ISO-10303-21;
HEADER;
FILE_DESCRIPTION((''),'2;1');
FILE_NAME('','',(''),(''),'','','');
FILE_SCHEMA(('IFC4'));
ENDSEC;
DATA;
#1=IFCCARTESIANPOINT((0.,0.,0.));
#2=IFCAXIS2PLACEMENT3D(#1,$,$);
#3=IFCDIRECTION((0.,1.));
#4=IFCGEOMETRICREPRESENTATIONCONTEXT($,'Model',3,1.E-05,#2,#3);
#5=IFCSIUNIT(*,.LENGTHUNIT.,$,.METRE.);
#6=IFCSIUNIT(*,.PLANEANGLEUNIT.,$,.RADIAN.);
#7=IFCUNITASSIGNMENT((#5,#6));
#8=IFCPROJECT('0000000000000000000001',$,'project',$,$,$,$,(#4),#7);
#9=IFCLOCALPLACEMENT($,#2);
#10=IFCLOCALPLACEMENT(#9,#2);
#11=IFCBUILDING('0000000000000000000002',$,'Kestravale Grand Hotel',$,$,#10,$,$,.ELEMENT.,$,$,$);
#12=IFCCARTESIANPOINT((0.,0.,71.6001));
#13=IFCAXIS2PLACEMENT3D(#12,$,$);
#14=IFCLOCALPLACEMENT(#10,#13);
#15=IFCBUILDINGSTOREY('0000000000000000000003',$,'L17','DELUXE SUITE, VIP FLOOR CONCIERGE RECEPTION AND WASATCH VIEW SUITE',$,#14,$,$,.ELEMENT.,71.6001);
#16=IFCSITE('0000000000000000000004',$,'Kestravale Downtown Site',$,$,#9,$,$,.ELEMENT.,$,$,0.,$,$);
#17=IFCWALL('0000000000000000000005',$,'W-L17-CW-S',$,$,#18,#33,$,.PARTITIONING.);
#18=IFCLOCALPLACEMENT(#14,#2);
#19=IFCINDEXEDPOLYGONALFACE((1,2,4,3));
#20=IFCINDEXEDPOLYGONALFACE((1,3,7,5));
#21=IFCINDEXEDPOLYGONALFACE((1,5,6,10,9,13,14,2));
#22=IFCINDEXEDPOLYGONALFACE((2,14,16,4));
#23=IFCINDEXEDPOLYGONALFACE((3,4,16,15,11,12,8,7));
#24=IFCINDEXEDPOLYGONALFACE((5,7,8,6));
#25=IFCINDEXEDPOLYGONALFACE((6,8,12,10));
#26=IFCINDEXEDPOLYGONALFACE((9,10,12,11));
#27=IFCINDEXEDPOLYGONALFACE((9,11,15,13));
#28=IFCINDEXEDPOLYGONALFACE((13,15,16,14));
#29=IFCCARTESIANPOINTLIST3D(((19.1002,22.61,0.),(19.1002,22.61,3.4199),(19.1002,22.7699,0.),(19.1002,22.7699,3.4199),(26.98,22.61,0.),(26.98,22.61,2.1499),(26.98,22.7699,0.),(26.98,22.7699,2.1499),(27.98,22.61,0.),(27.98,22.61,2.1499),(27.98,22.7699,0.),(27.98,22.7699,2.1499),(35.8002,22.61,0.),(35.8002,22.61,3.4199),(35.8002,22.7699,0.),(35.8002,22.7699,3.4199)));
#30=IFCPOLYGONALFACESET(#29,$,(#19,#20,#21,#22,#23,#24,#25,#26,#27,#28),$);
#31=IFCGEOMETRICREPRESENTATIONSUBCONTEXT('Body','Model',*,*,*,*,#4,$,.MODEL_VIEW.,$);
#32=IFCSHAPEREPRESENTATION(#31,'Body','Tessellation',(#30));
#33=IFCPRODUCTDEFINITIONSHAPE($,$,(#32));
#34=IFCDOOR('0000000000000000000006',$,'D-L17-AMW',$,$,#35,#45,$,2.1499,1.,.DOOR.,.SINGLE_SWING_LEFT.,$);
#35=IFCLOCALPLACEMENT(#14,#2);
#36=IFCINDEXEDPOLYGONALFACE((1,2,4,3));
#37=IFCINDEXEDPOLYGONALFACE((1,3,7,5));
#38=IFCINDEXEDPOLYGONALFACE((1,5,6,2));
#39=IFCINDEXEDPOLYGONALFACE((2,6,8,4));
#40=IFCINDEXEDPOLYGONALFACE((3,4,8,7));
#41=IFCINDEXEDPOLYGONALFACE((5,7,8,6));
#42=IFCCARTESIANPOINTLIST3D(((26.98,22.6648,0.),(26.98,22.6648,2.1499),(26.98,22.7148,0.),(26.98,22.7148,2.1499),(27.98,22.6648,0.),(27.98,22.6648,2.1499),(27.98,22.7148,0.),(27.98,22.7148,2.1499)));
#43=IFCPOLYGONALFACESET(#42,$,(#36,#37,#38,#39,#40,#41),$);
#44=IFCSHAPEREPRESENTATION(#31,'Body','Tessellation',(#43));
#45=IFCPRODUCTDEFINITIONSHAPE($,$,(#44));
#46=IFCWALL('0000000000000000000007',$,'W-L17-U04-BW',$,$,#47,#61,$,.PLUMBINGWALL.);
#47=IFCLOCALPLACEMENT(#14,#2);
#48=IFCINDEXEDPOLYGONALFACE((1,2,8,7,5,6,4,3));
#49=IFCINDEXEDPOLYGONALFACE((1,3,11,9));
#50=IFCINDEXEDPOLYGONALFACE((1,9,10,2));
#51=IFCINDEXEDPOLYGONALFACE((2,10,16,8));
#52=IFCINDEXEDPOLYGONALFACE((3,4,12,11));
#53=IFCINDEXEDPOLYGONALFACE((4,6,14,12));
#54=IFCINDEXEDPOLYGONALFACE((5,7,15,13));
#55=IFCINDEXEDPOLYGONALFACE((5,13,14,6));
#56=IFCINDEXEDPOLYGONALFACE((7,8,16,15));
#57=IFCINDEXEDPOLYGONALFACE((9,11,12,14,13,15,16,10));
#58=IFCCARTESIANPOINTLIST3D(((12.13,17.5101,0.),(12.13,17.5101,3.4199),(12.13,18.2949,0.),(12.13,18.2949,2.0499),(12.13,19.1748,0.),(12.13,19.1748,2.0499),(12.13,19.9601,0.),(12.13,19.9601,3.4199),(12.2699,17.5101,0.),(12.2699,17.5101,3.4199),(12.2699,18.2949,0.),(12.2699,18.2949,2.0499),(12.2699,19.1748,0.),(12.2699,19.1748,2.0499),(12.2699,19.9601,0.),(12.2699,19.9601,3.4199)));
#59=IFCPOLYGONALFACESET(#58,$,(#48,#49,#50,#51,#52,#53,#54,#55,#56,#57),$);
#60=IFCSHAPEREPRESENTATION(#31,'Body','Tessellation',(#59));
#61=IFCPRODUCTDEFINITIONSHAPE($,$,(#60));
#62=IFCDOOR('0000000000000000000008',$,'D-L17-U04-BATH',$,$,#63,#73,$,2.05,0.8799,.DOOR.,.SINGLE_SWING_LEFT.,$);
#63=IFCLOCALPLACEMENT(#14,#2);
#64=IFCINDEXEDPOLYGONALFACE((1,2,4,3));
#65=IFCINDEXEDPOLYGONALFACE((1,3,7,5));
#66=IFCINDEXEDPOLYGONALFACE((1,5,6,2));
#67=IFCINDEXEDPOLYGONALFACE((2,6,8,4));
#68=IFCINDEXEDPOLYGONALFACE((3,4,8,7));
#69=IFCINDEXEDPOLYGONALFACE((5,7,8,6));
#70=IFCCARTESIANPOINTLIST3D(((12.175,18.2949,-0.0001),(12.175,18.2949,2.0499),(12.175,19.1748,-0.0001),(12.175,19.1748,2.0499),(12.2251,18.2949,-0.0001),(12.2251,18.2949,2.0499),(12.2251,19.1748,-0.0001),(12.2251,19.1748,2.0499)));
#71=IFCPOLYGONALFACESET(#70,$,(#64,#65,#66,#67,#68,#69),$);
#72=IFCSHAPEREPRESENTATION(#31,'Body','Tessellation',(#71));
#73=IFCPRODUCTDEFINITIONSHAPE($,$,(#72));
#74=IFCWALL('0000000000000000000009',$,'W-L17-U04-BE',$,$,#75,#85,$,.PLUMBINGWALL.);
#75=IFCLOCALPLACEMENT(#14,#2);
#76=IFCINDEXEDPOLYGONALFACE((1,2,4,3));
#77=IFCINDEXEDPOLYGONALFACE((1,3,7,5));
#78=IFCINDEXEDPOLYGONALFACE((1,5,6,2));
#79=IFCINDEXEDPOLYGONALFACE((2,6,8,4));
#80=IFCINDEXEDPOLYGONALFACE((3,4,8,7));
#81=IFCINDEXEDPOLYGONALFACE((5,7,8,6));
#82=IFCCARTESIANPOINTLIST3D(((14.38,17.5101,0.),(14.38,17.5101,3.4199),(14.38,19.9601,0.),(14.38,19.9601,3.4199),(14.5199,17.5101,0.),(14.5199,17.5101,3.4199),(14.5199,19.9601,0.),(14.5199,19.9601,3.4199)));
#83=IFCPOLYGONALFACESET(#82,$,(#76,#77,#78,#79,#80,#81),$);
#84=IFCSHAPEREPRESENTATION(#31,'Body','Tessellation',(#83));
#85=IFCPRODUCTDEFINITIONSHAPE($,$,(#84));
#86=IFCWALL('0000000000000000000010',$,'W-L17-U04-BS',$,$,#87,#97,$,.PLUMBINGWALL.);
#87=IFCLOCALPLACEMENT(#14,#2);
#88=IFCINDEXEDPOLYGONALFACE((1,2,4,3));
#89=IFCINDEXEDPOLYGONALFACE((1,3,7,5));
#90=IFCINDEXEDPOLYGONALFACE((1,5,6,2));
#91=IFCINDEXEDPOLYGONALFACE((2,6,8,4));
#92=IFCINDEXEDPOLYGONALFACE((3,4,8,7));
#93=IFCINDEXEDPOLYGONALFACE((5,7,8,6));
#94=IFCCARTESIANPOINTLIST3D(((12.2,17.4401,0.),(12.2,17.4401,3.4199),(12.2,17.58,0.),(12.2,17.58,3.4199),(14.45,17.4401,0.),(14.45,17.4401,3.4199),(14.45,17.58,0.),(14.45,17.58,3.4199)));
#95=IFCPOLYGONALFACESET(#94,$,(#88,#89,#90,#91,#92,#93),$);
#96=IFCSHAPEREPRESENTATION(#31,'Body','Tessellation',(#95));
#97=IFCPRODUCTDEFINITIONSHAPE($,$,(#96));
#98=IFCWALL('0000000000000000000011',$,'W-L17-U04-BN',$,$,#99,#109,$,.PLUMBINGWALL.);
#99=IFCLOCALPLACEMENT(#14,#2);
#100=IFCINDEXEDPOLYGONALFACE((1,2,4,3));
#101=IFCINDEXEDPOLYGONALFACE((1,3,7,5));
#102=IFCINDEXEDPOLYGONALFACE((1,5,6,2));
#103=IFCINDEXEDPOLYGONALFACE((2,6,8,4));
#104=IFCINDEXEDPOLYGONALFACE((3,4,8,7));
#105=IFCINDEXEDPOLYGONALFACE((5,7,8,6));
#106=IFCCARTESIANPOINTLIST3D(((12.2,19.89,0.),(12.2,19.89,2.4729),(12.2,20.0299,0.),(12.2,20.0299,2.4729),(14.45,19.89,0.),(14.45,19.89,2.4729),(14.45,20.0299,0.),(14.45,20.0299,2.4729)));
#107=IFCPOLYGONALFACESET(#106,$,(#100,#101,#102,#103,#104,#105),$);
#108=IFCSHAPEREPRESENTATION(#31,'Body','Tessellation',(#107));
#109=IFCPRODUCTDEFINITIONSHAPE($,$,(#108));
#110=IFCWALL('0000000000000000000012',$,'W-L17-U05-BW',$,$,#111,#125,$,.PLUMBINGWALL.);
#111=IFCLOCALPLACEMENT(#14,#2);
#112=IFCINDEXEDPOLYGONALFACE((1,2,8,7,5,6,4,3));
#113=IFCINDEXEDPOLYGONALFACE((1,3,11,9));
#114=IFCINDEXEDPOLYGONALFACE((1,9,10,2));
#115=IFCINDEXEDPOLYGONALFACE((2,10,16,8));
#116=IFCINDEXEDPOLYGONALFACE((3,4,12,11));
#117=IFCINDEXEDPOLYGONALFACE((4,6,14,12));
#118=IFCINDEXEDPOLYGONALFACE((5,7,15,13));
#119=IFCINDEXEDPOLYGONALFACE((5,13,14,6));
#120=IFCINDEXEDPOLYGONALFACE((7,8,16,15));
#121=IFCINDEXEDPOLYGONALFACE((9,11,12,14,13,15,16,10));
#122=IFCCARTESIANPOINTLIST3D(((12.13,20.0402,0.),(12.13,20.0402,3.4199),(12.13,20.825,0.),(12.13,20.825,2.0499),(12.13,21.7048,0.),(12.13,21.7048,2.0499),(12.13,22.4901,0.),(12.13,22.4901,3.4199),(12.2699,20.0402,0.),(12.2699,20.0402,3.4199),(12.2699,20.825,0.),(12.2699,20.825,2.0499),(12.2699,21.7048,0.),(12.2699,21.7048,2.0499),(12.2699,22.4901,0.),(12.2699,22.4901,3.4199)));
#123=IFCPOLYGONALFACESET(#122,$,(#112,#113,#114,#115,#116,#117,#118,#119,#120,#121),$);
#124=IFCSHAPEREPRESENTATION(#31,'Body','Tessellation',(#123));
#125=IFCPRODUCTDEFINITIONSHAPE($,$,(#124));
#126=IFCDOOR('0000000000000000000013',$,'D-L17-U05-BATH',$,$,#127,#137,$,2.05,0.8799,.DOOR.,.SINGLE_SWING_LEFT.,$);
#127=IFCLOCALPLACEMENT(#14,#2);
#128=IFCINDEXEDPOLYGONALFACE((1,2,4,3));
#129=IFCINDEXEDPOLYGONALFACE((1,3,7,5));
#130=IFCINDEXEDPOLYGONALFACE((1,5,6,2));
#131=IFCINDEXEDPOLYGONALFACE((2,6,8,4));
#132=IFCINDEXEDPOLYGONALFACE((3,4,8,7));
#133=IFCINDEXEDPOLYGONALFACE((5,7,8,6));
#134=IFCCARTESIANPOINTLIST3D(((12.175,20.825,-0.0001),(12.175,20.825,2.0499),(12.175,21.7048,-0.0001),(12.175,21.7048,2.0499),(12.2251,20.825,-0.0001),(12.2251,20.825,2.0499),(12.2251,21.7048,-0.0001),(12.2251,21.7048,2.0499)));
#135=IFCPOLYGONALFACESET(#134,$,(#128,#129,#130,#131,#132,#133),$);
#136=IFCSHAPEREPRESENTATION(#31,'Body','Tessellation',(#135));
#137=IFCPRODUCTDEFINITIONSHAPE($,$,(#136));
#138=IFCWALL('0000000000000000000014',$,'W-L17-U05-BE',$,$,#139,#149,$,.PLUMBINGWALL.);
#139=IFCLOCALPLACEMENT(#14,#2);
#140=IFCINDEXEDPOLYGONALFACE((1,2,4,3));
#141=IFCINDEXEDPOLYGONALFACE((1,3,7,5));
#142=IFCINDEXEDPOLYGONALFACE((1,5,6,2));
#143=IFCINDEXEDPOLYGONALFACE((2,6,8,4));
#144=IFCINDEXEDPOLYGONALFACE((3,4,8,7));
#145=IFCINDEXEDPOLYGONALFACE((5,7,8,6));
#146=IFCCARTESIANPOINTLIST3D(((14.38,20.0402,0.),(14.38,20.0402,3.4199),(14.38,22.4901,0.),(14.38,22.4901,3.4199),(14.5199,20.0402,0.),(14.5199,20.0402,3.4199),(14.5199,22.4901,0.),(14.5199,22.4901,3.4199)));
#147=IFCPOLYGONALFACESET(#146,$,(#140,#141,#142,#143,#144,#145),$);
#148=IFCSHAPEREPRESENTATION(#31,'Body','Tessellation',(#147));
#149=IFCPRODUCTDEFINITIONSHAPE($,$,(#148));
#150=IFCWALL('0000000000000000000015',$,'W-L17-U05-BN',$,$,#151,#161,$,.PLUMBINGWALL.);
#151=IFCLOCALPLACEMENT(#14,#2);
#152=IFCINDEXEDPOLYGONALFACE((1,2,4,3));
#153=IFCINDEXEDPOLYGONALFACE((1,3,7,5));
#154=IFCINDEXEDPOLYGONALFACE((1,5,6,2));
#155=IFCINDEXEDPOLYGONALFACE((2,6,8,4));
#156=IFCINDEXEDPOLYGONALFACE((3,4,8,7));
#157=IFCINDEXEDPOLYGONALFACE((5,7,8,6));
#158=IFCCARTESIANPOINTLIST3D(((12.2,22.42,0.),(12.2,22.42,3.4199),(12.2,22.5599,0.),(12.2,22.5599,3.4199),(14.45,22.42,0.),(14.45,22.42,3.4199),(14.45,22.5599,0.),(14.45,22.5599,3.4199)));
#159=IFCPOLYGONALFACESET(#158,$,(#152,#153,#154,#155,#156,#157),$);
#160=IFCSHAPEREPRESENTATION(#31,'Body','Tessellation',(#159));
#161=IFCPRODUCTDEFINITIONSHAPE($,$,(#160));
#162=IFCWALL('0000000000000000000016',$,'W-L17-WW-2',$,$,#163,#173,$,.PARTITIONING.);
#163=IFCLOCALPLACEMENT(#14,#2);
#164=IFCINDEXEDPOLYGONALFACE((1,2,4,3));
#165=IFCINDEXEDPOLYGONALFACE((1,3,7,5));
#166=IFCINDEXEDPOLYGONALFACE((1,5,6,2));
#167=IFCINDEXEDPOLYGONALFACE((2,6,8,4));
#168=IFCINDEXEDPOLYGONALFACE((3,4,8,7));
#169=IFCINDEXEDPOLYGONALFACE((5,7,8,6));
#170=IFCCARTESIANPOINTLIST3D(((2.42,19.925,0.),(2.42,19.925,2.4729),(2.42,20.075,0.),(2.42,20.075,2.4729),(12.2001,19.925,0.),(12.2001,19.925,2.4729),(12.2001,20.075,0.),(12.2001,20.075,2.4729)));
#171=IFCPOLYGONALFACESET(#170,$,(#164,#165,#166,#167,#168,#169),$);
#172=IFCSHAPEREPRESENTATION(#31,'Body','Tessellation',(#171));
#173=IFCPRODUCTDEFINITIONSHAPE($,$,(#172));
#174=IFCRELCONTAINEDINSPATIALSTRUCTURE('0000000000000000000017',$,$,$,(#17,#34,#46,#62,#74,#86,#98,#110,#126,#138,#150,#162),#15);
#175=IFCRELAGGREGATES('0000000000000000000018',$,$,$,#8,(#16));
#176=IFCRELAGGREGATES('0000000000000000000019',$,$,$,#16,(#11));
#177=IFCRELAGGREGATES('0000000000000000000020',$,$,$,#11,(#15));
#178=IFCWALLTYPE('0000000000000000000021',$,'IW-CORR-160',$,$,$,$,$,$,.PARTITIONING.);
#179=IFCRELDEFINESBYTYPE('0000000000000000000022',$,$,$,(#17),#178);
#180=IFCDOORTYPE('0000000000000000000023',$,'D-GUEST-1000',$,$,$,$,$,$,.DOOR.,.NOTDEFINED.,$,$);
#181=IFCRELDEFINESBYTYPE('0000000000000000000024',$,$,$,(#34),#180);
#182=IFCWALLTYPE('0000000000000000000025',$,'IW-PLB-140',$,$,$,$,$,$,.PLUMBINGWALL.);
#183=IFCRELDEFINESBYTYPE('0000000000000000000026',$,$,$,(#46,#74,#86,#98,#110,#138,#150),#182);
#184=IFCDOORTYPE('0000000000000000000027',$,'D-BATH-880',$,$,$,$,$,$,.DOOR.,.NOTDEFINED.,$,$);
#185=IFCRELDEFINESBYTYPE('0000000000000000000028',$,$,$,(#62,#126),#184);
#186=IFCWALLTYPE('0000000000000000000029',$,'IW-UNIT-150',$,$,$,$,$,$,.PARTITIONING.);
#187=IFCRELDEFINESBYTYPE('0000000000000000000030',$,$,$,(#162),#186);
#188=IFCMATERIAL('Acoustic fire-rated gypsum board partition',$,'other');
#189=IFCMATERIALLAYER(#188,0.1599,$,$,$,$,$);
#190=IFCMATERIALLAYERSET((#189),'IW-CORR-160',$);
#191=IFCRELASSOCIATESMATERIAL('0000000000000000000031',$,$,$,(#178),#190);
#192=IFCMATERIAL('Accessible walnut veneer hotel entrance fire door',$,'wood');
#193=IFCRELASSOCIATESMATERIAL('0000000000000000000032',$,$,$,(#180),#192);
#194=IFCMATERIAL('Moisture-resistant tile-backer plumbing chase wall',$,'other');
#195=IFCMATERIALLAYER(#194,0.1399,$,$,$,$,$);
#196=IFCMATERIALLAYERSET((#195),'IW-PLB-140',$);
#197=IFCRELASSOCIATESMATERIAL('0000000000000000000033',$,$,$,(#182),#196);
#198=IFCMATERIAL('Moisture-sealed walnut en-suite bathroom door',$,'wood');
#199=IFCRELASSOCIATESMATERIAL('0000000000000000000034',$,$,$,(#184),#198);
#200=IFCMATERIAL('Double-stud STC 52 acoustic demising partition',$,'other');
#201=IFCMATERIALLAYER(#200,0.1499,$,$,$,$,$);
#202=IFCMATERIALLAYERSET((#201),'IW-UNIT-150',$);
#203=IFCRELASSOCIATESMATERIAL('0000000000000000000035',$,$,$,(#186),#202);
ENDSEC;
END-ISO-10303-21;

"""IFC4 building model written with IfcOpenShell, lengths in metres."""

from ifc_helpers import new_model, si_unit, direction, frame, frame_2d, origin, place, context, subcontext, project, spatial, rectangle, extrude, material, layer, layer_set, type_object, element, fill, save


model = new_model("IFC4")

# Units and contexts
model_context = context("Model", 3, precision=1e-05, world=origin(), true_north=direction((0.0, 1.0)))
body_context = subcontext(model_context, "Body", "Model", "MODEL_VIEW")
ifc_project = project(units=[si_unit("LENGTHUNIT", "METRE"), si_unit("PLANEANGLEUNIT", "RADIAN")], contexts=[model_context])

# Site, building, storey
site_placement = place(None, origin())
site = spatial("IfcSite", under=ifc_project, at=site_placement, Name="Kestravale Downtown Site", CompositionType="ELEMENT", RefElevation=0.0)
building_placement = place(site_placement, origin())
building = spatial("IfcBuilding", under=site, at=building_placement, Name="Kestravale Grand Hotel", CompositionType="ELEMENT")
storey_placement = place(building_placement, frame((0.0, 0.0, 71.6001)))
storey = spatial("IfcBuildingStorey", under=building, at=storey_placement, Name="L17", Description="DELUXE SUITE, VIP FLOOR CONCIERGE RECEPTION AND WASATCH VIEW SUITE", CompositionType="ELEMENT", Elevation=71.6001)

# Shared definitions
ifc_material_1 = material(Name="Acoustic fire-rated gypsum board partition", Category="other")
ifc_layer_1 = layer(ifc_material_1, 0.1599)
ifc_layer_set_1 = layer_set([ifc_layer_1], Name="IW-CORR-160")
wall_type_1 = type_object("IfcWallType", Name="IW-CORR-160", PredefinedType="PARTITIONING", material=ifc_layer_set_1)

# Walls, openings, doors
wall_1_placement = place(storey_placement, frame((19.1001, 22.6899, 0.0), z_axis=(0.0, 0.0, 1.0), x_axis=(1.0, 0.0, 0.0)))
wall_1 = element("IfcWall", 1, at=wall_1_placement, inside=storey, type_object=wall_type_1, Name="W-L17-CW-S", PredefinedType="PARTITIONING", context=body_context, shape_type="SweptSolid", body=[
    extrude(rectangle(XDim=16.7, YDim=0.1599, at=frame_2d((8.3501, 0.0))), origin(), (0.0, 0.0, 1.0), 3.4199),
])
opening_1_placement = place(wall_1_placement, frame((7.8799, 0.0, 0.0)))
opening_1 = element("IfcOpeningElement", 2, at=opening_1_placement, cuts=wall_1, PredefinedType="OPENING", context=body_context, shape_type="SweptSolid", body=[
    extrude(rectangle(XDim=1.0, YDim=2.1499, at=frame_2d((0.5, 1.075))), frame((0.0, 0.0898, 0.0), z_axis=(0.0, -1.0, 0.0), x_axis=(1.0, 0.0, 0.0)), (0.0, 0.0, 1.0), 0.1799),
])
ifc_material_2 = material(Name="Accessible walnut veneer hotel entrance fire door", Category="wood")
door_type_1 = type_object("IfcDoorType", Name="D-GUEST-1000", OperationType="NOTDEFINED", PredefinedType="DOOR", material=ifc_material_2)
door_1_placement = place(opening_1_placement, origin())
door_1 = element("IfcDoor", 3, at=door_1_placement, inside=storey, type_object=door_type_1, Name="D-L17-AMW", OperationType="SINGLE_SWING_LEFT", OverallHeight=2.1499, OverallWidth=1.0, PredefinedType="DOOR", context=body_context, shape_type="SweptSolid", body=[
    extrude(rectangle(XDim=1.0, YDim=2.1499, at=frame_2d((0.5, 1.075))), frame((0.0, 0.0249, 0.0), z_axis=(0.0, -1.0, 0.0), x_axis=(1.0, 0.0, 0.0)), (0.0, 0.0, 1.0), 0.05),
])
fill(opening_1, door_1)
ifc_material_3 = material(Name="Moisture-resistant tile-backer plumbing chase wall", Category="other")
ifc_layer_2 = layer(ifc_material_3, 0.1399)
ifc_layer_set_2 = layer_set([ifc_layer_2], Name="IW-PLB-140")
wall_type_2 = type_object("IfcWallType", Name="IW-PLB-140", PredefinedType="PLUMBINGWALL", material=ifc_layer_set_2)
wall_2_placement = place(storey_placement, frame((12.2, 17.51, 0.0), z_axis=(0.0, 0.0, 1.0), x_axis=(0.0, 1.0, 0.0)))
wall_2 = element("IfcWall", 4, at=wall_2_placement, inside=storey, type_object=wall_type_2, Name="W-L17-U04-BW", PredefinedType="PLUMBINGWALL", context=body_context, shape_type="SweptSolid", body=[
    extrude(rectangle(XDim=2.45, YDim=0.1399, at=frame_2d((1.2251, 0.0))), origin(), (0.0, 0.0, 1.0), 3.4199),
])
opening_2_placement = place(wall_2_placement, frame((0.7849, 0.0, 0.0)))
opening_2 = element("IfcOpeningElement", 5, at=opening_2_placement, cuts=wall_2, PredefinedType="OPENING", context=body_context, shape_type="SweptSolid", body=[
    extrude(rectangle(XDim=0.8799, YDim=2.05, at=frame_2d((0.4399, 1.0249))), frame((0.0, 0.0798, 0.0), z_axis=(0.0, -1.0, 0.0), x_axis=(1.0, 0.0, 0.0)), (0.0, 0.0, 1.0), 0.1599),
])
ifc_material_4 = material(Name="Moisture-sealed walnut en-suite bathroom door", Category="wood")
door_type_2 = type_object("IfcDoorType", Name="D-BATH-880", OperationType="NOTDEFINED", PredefinedType="DOOR", material=ifc_material_4)
door_2_placement = place(opening_2_placement, origin())
door_2 = element("IfcDoor", 6, at=door_2_placement, inside=storey, type_object=door_type_2, Name="D-L17-U04-BATH", OperationType="SINGLE_SWING_LEFT", OverallHeight=2.05, OverallWidth=0.8799, PredefinedType="DOOR", context=body_context, shape_type="SweptSolid", body=[
    extrude(rectangle(XDim=0.8799, YDim=2.05, at=frame_2d((0.4399, 1.0249))), frame((0.0, 0.0249, 0.0), z_axis=(0.0, -1.0, 0.0), x_axis=(1.0, 0.0, 0.0)), (0.0, 0.0, 1.0), 0.05),
])
fill(opening_2, door_2)

# Walls
wall_3_placement = place(storey_placement, frame((14.45, 17.51, 0.0), z_axis=(0.0, 0.0, 1.0), x_axis=(0.0, 1.0, 0.0)))
element("IfcWall", 7, at=wall_3_placement, inside=storey, type_object=wall_type_2, Name="W-L17-U04-BE", PredefinedType="PLUMBINGWALL", context=body_context, shape_type="SweptSolid", body=[
    extrude(rectangle(XDim=2.45, YDim=0.1399, at=frame_2d((1.2251, 0.0))), origin(), (0.0, 0.0, 1.0), 3.4199),
])
wall_4_placement = place(storey_placement, frame((12.2, 17.51, 0.0), z_axis=(0.0, 0.0, 1.0), x_axis=(1.0, 0.0, 0.0)))
element("IfcWall", 8, at=wall_4_placement, inside=storey, type_object=wall_type_2, Name="W-L17-U04-BS", PredefinedType="PLUMBINGWALL", context=body_context, shape_type="SweptSolid", body=[
    extrude(rectangle(XDim=2.25, YDim=0.1399, at=frame_2d((1.125, 0.0))), origin(), (0.0, 0.0, 1.0), 3.4199),
])
wall_5_placement = place(storey_placement, frame((12.2, 19.96, 0.0), z_axis=(0.0, 0.0, 1.0), x_axis=(1.0, 0.0, 0.0)))
element("IfcWall", 9, at=wall_5_placement, inside=storey, type_object=wall_type_2, Name="W-L17-U04-BN", PredefinedType="PLUMBINGWALL", context=body_context, shape_type="SweptSolid", body=[
    extrude(rectangle(XDim=2.25, YDim=0.1399, at=frame_2d((1.125, 0.0))), origin(), (0.0, 0.0, 1.0), 2.4729),
])

# Wall, opening, door
wall_6_placement = place(storey_placement, frame((12.2, 20.04, 0.0), z_axis=(0.0, 0.0, 1.0), x_axis=(0.0, 1.0, 0.0)))
wall_6 = element("IfcWall", 10, at=wall_6_placement, inside=storey, type_object=wall_type_2, Name="W-L17-U05-BW", PredefinedType="PLUMBINGWALL", context=body_context, shape_type="SweptSolid", body=[
    extrude(rectangle(XDim=2.45, YDim=0.1399, at=frame_2d((1.2251, 0.0))), origin(), (0.0, 0.0, 1.0), 3.4199),
])
opening_3_placement = place(wall_6_placement, frame((0.7849, 0.0, 0.0)))
opening_3 = element("IfcOpeningElement", 11, at=opening_3_placement, cuts=wall_6, PredefinedType="OPENING", context=body_context, shape_type="SweptSolid", body=[
    extrude(rectangle(XDim=0.8799, YDim=2.05, at=frame_2d((0.4399, 1.0249))), frame((0.0, 0.0798, 0.0), z_axis=(0.0, -1.0, 0.0), x_axis=(1.0, 0.0, 0.0)), (0.0, 0.0, 1.0), 0.1599),
])
door_3_placement = place(opening_3_placement, origin())
door_3 = element("IfcDoor", 12, at=door_3_placement, inside=storey, type_object=door_type_2, Name="D-L17-U05-BATH", OperationType="SINGLE_SWING_LEFT", OverallHeight=2.05, OverallWidth=0.8799, PredefinedType="DOOR", context=body_context, shape_type="SweptSolid", body=[
    extrude(rectangle(XDim=0.8799, YDim=2.05, at=frame_2d((0.4399, 1.0249))), frame((0.0, 0.0249, 0.0), z_axis=(0.0, -1.0, 0.0), x_axis=(1.0, 0.0, 0.0)), (0.0, 0.0, 1.0), 0.05),
])
fill(opening_3, door_3)

# Walls
wall_7_placement = place(storey_placement, frame((14.45, 20.04, 0.0), z_axis=(0.0, 0.0, 1.0), x_axis=(0.0, 1.0, 0.0)))
element("IfcWall", 13, at=wall_7_placement, inside=storey, type_object=wall_type_2, Name="W-L17-U05-BE", PredefinedType="PLUMBINGWALL", context=body_context, shape_type="SweptSolid", body=[
    extrude(rectangle(XDim=2.45, YDim=0.1399, at=frame_2d((1.2251, 0.0))), origin(), (0.0, 0.0, 1.0), 3.4199),
])
wall_8_placement = place(storey_placement, frame((12.2, 22.49, 0.0), z_axis=(0.0, 0.0, 1.0), x_axis=(1.0, 0.0, 0.0)))
element("IfcWall", 14, at=wall_8_placement, inside=storey, type_object=wall_type_2, Name="W-L17-U05-BN", PredefinedType="PLUMBINGWALL", context=body_context, shape_type="SweptSolid", body=[
    extrude(rectangle(XDim=2.25, YDim=0.1399, at=frame_2d((1.125, 0.0))), origin(), (0.0, 0.0, 1.0), 3.4199),
])
ifc_material_5 = material(Name="Double-stud STC 52 acoustic demising partition", Category="other")
ifc_layer_3 = layer(ifc_material_5, 0.1499)
ifc_layer_set_3 = layer_set([ifc_layer_3], Name="IW-UNIT-150")
wall_type_3 = type_object("IfcWallType", Name="IW-UNIT-150", PredefinedType="PARTITIONING", material=ifc_layer_set_3)
wall_9_placement = place(storey_placement, frame((2.4199, 20.0, 0.0), z_axis=(0.0, 0.0, 1.0), x_axis=(1.0, 0.0, 0.0)))
element("IfcWall", 15, at=wall_9_placement, inside=storey, type_object=wall_type_3, Name="W-L17-WW-2", PredefinedType="PARTITIONING", context=body_context, shape_type="SweptSolid", body=[
    extrude(rectangle(XDim=9.78, YDim=0.1499, at=frame_2d((4.8901, 0.0))), origin(), (0.0, 0.0, 1.0), 2.4729),
])

save(model, "model.ifc")
